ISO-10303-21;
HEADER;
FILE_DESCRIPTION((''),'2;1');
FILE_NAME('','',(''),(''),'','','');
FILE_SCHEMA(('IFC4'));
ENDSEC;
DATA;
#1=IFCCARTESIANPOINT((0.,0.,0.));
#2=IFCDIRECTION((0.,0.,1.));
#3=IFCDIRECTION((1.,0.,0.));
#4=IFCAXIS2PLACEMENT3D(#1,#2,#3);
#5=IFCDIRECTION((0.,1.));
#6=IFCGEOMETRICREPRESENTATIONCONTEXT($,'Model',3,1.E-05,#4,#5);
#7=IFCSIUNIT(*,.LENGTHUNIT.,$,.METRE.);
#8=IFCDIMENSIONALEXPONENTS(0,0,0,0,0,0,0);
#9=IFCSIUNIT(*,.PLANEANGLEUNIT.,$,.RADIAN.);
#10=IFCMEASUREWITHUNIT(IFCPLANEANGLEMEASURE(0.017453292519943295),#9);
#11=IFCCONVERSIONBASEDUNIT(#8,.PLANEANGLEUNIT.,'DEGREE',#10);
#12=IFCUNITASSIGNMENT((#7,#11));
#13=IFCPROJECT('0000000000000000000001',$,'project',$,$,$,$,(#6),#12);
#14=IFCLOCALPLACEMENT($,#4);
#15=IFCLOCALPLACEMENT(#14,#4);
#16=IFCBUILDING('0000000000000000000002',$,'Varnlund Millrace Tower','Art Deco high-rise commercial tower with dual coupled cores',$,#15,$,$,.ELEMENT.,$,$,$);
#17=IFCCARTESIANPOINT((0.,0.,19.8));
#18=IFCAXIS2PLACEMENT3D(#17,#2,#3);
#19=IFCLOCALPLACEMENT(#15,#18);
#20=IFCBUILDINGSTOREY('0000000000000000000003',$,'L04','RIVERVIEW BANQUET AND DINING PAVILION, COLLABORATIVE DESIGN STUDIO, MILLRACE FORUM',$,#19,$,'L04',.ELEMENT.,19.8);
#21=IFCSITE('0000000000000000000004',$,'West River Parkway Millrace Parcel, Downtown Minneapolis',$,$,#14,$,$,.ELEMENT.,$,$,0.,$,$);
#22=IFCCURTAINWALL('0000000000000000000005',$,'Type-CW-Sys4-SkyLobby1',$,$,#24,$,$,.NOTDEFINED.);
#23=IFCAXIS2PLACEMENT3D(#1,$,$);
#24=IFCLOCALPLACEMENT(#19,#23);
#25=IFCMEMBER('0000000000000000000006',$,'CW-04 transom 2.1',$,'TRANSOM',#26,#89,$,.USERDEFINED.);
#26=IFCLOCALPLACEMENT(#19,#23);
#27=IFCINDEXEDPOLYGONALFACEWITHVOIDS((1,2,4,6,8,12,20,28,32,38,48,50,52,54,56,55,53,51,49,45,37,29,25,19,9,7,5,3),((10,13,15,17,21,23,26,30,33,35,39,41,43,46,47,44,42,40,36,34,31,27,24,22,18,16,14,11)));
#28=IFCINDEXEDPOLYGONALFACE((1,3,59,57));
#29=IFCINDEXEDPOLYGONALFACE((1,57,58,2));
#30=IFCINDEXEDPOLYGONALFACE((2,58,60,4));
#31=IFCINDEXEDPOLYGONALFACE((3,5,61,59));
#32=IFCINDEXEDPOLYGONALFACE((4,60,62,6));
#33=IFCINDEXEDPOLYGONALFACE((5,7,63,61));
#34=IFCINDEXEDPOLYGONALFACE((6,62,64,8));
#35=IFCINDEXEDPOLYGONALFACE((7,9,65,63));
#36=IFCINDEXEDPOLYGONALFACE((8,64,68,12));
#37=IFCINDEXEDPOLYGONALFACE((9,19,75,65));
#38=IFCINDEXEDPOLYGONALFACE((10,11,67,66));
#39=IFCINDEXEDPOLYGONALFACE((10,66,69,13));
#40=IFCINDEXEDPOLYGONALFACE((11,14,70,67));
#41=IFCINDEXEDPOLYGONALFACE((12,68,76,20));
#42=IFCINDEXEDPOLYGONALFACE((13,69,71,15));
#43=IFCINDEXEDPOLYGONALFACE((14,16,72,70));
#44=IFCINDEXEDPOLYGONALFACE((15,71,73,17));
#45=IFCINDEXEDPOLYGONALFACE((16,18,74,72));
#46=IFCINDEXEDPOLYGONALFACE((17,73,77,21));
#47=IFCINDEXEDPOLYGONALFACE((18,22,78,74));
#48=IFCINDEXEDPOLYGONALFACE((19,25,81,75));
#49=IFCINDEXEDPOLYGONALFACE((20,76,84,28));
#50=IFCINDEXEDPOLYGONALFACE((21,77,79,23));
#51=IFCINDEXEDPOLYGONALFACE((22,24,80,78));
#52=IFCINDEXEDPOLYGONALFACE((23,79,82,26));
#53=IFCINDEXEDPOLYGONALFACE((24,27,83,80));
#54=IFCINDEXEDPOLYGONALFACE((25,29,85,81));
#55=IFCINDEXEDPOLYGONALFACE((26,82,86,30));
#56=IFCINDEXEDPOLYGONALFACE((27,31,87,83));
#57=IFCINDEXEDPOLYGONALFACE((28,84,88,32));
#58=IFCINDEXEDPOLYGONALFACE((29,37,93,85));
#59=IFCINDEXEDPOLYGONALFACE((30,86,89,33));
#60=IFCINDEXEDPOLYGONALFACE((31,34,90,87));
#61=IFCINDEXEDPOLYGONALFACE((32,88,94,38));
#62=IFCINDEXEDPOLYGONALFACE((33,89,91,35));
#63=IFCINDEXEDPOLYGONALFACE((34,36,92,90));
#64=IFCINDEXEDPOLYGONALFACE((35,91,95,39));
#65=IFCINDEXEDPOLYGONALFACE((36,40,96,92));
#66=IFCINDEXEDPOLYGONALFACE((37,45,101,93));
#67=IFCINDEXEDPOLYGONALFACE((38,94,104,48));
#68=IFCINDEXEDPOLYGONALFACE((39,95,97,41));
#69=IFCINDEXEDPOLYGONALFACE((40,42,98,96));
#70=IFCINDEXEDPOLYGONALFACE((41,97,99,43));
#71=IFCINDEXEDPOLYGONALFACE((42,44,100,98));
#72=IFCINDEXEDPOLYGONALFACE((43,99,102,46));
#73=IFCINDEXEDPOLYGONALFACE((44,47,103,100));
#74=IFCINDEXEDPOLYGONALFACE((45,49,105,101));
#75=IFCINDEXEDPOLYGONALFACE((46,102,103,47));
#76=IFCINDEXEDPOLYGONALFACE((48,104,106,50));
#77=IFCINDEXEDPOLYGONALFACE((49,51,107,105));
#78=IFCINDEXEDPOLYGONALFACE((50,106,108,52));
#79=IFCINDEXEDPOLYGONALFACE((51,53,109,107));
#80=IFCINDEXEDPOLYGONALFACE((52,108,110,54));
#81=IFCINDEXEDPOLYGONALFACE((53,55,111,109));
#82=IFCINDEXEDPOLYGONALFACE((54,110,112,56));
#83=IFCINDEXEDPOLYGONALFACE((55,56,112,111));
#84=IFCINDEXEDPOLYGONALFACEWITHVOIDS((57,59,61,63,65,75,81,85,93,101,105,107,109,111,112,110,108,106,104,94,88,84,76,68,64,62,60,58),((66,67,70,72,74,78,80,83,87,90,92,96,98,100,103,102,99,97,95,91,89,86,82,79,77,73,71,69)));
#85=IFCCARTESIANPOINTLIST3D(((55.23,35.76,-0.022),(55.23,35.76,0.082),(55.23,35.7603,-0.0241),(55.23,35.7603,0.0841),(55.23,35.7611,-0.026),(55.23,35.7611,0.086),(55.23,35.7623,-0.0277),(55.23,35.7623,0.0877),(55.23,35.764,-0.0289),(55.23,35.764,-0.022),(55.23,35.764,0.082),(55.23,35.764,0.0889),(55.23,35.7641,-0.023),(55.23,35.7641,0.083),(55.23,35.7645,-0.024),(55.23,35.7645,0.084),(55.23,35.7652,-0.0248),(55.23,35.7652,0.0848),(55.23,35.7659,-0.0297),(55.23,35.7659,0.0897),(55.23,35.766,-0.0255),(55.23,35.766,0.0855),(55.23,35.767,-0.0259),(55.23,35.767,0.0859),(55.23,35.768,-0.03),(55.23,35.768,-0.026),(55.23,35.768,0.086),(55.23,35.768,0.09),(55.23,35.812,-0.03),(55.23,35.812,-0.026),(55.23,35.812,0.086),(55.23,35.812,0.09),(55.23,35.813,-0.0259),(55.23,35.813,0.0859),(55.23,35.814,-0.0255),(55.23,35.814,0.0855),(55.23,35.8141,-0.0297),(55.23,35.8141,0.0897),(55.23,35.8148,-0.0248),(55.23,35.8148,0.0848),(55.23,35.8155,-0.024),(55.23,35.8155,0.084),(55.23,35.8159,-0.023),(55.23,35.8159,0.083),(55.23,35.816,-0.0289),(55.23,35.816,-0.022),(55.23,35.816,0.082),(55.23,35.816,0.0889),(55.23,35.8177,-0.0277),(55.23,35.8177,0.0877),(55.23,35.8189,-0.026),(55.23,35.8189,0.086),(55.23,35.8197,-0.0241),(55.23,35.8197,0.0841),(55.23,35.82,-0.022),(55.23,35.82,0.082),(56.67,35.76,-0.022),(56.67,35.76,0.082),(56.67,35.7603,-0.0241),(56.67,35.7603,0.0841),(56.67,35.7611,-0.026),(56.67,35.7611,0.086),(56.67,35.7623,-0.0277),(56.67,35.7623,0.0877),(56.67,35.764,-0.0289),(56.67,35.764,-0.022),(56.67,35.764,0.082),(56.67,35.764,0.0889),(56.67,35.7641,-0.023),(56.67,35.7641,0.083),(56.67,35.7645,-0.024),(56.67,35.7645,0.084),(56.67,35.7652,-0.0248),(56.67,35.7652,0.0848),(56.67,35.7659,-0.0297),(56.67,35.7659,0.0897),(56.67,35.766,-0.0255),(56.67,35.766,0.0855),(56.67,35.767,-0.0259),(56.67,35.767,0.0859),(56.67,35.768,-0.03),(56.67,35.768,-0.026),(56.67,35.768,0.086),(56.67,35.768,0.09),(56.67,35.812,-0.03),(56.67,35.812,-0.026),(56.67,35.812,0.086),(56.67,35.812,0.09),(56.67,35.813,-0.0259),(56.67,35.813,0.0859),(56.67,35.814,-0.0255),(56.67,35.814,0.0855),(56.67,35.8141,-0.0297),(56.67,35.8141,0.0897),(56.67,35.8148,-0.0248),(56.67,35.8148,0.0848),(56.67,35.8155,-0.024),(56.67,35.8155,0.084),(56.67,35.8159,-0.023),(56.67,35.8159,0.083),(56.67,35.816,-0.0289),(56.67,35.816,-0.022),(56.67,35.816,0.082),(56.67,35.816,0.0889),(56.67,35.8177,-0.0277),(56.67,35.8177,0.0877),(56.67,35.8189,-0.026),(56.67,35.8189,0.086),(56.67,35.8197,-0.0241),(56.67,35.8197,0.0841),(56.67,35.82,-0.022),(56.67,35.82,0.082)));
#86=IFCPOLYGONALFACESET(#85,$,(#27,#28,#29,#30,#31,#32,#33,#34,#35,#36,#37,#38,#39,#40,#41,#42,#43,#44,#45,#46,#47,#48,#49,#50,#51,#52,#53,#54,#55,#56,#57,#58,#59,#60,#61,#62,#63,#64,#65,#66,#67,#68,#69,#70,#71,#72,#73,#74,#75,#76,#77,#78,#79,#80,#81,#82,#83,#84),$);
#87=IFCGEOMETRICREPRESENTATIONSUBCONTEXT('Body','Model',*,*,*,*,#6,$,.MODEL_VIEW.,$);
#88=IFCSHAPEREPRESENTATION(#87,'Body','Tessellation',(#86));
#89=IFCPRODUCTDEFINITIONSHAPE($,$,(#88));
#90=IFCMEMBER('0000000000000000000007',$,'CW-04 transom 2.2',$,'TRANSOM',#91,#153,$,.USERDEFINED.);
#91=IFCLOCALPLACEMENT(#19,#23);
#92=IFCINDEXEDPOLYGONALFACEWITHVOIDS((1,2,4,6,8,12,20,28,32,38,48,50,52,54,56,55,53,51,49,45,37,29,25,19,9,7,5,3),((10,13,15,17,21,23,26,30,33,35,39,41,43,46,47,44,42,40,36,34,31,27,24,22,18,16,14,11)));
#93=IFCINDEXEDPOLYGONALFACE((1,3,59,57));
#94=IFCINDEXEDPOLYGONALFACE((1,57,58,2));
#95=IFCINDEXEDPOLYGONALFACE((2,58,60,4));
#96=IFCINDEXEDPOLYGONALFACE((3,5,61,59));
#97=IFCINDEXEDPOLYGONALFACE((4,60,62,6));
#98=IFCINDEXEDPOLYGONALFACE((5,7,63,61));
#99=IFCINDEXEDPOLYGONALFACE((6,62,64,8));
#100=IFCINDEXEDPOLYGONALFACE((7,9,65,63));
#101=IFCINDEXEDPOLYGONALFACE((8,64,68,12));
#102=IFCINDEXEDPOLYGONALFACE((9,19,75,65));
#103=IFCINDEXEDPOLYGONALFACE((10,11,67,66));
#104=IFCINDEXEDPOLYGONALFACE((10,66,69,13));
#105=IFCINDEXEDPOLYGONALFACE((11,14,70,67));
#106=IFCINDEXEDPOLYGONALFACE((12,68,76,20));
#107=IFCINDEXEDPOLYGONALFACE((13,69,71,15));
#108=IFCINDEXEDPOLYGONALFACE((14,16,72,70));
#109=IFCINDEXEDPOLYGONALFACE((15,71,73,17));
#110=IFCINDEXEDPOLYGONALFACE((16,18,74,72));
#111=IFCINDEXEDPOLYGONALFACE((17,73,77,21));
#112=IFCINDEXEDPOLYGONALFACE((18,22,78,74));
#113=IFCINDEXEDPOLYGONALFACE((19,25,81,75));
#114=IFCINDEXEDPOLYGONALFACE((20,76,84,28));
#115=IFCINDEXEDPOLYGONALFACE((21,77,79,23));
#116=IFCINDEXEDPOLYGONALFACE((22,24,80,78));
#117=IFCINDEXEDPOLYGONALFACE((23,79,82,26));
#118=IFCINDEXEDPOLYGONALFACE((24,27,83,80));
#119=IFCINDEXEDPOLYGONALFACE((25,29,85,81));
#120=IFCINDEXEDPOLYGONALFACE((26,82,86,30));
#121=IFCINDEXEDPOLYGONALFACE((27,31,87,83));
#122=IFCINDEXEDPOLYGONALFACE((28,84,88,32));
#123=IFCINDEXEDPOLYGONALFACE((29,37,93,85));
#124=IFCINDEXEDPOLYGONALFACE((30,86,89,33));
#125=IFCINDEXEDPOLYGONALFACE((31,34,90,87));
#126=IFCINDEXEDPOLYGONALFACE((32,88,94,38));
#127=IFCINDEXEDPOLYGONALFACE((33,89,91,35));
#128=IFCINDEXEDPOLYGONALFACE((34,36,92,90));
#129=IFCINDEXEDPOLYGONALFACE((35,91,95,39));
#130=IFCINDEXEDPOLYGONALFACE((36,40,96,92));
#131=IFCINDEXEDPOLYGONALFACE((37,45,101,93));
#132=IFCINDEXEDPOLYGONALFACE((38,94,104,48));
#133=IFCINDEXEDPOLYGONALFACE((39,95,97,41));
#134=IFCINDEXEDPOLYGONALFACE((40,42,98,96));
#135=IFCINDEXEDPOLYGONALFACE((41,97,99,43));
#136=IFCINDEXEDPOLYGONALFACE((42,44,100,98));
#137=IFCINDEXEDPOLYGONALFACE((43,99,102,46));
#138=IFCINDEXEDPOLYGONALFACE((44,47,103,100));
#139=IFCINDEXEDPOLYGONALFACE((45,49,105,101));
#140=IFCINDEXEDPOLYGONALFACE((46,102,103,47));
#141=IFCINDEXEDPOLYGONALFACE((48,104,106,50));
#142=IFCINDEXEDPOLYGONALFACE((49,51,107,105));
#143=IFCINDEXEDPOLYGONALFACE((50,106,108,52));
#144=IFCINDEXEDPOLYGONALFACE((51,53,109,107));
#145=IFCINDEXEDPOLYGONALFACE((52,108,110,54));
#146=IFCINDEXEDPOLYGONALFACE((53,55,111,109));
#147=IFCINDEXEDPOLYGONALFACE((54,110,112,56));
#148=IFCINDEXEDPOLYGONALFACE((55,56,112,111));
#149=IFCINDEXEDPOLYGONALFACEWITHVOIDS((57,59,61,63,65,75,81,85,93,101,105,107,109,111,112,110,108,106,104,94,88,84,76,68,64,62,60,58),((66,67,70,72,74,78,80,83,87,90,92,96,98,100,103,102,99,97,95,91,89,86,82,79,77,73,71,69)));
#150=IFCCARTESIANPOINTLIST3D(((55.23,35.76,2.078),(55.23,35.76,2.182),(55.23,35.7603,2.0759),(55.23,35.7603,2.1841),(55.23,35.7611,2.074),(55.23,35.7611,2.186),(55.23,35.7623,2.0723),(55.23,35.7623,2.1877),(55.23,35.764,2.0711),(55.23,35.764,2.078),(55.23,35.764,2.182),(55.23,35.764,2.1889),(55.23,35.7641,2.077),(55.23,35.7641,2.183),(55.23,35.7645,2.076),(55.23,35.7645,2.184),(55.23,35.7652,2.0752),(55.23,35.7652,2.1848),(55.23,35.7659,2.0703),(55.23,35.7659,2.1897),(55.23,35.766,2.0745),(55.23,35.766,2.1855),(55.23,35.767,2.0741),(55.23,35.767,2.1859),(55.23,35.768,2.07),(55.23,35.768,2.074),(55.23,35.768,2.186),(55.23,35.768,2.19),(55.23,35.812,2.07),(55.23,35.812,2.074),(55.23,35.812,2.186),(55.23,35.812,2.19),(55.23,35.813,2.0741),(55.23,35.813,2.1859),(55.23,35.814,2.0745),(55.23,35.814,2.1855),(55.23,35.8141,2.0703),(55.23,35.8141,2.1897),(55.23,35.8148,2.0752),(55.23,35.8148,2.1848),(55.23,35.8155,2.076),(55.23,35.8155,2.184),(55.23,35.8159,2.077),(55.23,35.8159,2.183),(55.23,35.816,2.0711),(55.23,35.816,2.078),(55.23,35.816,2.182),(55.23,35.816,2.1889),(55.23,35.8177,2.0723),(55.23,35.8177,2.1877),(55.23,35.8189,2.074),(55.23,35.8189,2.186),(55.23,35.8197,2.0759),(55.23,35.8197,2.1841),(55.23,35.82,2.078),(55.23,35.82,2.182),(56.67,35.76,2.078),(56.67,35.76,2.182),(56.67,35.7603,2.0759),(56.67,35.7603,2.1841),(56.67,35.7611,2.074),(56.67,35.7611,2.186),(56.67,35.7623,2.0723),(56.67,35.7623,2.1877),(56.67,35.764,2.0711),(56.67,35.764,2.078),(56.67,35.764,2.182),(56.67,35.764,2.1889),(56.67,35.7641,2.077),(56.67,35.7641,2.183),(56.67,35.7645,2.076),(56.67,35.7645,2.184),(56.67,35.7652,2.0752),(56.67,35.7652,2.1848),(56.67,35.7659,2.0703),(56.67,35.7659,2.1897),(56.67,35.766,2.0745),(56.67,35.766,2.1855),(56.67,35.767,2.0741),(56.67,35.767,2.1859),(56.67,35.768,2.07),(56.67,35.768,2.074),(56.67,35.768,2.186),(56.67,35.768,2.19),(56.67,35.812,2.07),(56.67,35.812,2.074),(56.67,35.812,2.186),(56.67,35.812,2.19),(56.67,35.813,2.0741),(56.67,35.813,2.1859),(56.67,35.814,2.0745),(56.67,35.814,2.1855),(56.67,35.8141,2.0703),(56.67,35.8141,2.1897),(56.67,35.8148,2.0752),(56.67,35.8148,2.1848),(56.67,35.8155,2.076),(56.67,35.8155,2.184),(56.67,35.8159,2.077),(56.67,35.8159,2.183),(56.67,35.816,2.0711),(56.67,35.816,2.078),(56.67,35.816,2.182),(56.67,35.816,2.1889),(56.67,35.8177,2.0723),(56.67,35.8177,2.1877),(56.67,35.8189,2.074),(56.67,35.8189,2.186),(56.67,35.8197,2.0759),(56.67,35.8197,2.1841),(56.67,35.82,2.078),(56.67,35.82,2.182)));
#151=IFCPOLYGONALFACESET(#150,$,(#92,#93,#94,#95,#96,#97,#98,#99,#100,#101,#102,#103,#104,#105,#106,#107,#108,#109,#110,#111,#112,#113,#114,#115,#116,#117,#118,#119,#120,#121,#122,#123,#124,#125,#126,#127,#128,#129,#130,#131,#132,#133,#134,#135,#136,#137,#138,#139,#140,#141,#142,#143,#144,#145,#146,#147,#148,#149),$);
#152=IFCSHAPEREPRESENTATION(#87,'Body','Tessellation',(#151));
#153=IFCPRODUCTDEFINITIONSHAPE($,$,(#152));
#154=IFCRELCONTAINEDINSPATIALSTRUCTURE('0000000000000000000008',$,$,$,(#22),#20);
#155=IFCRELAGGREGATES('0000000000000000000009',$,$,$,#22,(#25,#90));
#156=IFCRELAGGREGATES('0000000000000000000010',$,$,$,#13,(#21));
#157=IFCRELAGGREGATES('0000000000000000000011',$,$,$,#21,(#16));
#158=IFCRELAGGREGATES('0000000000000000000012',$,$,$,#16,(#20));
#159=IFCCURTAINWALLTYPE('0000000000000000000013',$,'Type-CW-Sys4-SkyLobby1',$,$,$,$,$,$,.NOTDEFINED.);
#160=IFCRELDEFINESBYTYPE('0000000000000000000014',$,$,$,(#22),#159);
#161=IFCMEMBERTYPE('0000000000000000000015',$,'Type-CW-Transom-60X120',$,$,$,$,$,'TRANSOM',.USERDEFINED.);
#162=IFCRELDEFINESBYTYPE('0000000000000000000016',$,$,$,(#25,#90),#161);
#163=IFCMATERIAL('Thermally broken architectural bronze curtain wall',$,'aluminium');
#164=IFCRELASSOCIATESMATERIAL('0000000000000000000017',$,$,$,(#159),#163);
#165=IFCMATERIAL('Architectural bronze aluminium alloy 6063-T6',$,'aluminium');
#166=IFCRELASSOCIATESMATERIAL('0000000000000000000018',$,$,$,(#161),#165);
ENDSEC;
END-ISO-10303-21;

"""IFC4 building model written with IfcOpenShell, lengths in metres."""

from ifc_helpers import new_model, entity, si_unit, converted_unit, direction, frame, origin_with_axes, origin_2d_with_axis, place, context, subcontext, project, spatial, hollow_rectangle, extrude, material, material_profile, profile_set, type_object, element, aggregate, save


model = new_model("IFC4")

# Units and contexts
model_context = context("Model", 3, precision=1e-05, world=origin_with_axes(), true_north=direction((0.0, 1.0)))
body_context = subcontext(model_context, "Body", "Model", "MODEL_VIEW")
ifc_project = project(units=[si_unit("LENGTHUNIT", "METRE"), converted_unit("PLANEANGLEUNIT", "DEGREE", entity("IfcPlaneAngleMeasure", 0.017453292519943295), si_unit("PLANEANGLEUNIT", "RADIAN"), dimensions=[0, 0, 0, 0, 0, 0, 0])], contexts=[model_context])

# Site, building, storey
site_placement = place(None, origin_with_axes())
site = spatial("IfcSite", under=ifc_project, at=site_placement, Name="West River Parkway Millrace Parcel, Downtown Minneapolis", CompositionType="ELEMENT", RefElevation=0.0)
building_placement = place(site_placement, origin_with_axes())
building = spatial("IfcBuilding", under=site, at=building_placement, Name="Varnlund Millrace Tower", Description="Art Deco high-rise commercial tower with dual coupled cores", CompositionType="ELEMENT")
storey_placement = place(building_placement, frame((0.0, 0.0, 19.8), z_axis=(0.0, 0.0, 1.0), x_axis=(1.0, 0.0, 0.0)))
storey = spatial("IfcBuildingStorey", under=building, at=storey_placement, Name="L04", Description="RIVERVIEW BANQUET AND DINING PAVILION, COLLABORATIVE DESIGN STUDIO, MILLRACE FORUM", LongName="L04", CompositionType="ELEMENT", Elevation=19.8)

# Curtain wall, members
ifc_material_1 = material(Name="Thermally broken architectural bronze curtain wall", Category="aluminium")
curtain_wall_type = type_object("IfcCurtainWallType", Name="Type-CW-Sys4-SkyLobby1", PredefinedType="NOTDEFINED", material=ifc_material_1)
curtain_wall_placement = place(storey_placement, frame((53.7, 35.79, 0.0), z_axis=(0.0, 0.0, 1.0), x_axis=(1.0, 0.0, 0.0)))
curtain_wall = element("IfcCurtainWall", 1, at=curtain_wall_placement, inside=storey, type_object=curtain_wall_type, Name="Type-CW-Sys4-SkyLobby1", PredefinedType="NOTDEFINED")
ifc_material_2 = material(Name="Architectural bronze aluminium alloy 6063-T6", Category="aluminium")
ifc_material_profile_1 = material_profile(ifc_material_2, hollow_rectangle(XDim=0.06, YDim=0.12, WallThickness=0.004, InnerFilletRadius=0.004, OuterFilletRadius=0.008, at=origin_2d_with_axis()), Name="Architectural bronze aluminium alloy 6063-T6")
ifc_profile_set_1 = profile_set([ifc_material_profile_1], Name="Architectural bronze aluminium alloy 6063-T6")
member_type_1 = type_object("IfcMemberType", Name="Type-CW-Transom-60X120", ElementType="TRANSOM", PredefinedType="USERDEFINED", material=ifc_profile_set_1)
member_1_placement = place(storey_placement, frame((55.23, 35.79, 0.03), z_axis=(1.0, 0.0, 0.0), x_axis=(0.0, 1.0, 0.0)))
member_1 = element("IfcMember", 2, at=member_1_placement, type_object=member_type_1, Name="CW-04 transom 2.1", ObjectType="TRANSOM", PredefinedType="USERDEFINED", context=body_context, shape_type="SweptSolid", body=[
    extrude(hollow_rectangle(XDim=0.06, YDim=0.12, WallThickness=0.004, InnerFilletRadius=0.004, OuterFilletRadius=0.008, at=origin_2d_with_axis()), origin_with_axes(), (0.0, 0.0, 1.0), 1.44),
])
member_2_placement = place(storey_placement, frame((55.23, 35.79, 2.13), z_axis=(1.0, 0.0, 0.0), x_axis=(0.0, 1.0, 0.0)))
member_2 = element("IfcMember", 3, at=member_2_placement, type_object=member_type_1, Name="CW-04 transom 2.2", ObjectType="TRANSOM", PredefinedType="USERDEFINED", context=body_context, shape_type="SweptSolid", body=[
    extrude(hollow_rectangle(XDim=0.06, YDim=0.12, WallThickness=0.004, InnerFilletRadius=0.004, OuterFilletRadius=0.008, at=origin_2d_with_axis()), origin_with_axes(), (0.0, 0.0, 1.0), 1.44),
])
aggregate(curtain_wall, [member_1, member_2])

save(model, "model.ifc")
